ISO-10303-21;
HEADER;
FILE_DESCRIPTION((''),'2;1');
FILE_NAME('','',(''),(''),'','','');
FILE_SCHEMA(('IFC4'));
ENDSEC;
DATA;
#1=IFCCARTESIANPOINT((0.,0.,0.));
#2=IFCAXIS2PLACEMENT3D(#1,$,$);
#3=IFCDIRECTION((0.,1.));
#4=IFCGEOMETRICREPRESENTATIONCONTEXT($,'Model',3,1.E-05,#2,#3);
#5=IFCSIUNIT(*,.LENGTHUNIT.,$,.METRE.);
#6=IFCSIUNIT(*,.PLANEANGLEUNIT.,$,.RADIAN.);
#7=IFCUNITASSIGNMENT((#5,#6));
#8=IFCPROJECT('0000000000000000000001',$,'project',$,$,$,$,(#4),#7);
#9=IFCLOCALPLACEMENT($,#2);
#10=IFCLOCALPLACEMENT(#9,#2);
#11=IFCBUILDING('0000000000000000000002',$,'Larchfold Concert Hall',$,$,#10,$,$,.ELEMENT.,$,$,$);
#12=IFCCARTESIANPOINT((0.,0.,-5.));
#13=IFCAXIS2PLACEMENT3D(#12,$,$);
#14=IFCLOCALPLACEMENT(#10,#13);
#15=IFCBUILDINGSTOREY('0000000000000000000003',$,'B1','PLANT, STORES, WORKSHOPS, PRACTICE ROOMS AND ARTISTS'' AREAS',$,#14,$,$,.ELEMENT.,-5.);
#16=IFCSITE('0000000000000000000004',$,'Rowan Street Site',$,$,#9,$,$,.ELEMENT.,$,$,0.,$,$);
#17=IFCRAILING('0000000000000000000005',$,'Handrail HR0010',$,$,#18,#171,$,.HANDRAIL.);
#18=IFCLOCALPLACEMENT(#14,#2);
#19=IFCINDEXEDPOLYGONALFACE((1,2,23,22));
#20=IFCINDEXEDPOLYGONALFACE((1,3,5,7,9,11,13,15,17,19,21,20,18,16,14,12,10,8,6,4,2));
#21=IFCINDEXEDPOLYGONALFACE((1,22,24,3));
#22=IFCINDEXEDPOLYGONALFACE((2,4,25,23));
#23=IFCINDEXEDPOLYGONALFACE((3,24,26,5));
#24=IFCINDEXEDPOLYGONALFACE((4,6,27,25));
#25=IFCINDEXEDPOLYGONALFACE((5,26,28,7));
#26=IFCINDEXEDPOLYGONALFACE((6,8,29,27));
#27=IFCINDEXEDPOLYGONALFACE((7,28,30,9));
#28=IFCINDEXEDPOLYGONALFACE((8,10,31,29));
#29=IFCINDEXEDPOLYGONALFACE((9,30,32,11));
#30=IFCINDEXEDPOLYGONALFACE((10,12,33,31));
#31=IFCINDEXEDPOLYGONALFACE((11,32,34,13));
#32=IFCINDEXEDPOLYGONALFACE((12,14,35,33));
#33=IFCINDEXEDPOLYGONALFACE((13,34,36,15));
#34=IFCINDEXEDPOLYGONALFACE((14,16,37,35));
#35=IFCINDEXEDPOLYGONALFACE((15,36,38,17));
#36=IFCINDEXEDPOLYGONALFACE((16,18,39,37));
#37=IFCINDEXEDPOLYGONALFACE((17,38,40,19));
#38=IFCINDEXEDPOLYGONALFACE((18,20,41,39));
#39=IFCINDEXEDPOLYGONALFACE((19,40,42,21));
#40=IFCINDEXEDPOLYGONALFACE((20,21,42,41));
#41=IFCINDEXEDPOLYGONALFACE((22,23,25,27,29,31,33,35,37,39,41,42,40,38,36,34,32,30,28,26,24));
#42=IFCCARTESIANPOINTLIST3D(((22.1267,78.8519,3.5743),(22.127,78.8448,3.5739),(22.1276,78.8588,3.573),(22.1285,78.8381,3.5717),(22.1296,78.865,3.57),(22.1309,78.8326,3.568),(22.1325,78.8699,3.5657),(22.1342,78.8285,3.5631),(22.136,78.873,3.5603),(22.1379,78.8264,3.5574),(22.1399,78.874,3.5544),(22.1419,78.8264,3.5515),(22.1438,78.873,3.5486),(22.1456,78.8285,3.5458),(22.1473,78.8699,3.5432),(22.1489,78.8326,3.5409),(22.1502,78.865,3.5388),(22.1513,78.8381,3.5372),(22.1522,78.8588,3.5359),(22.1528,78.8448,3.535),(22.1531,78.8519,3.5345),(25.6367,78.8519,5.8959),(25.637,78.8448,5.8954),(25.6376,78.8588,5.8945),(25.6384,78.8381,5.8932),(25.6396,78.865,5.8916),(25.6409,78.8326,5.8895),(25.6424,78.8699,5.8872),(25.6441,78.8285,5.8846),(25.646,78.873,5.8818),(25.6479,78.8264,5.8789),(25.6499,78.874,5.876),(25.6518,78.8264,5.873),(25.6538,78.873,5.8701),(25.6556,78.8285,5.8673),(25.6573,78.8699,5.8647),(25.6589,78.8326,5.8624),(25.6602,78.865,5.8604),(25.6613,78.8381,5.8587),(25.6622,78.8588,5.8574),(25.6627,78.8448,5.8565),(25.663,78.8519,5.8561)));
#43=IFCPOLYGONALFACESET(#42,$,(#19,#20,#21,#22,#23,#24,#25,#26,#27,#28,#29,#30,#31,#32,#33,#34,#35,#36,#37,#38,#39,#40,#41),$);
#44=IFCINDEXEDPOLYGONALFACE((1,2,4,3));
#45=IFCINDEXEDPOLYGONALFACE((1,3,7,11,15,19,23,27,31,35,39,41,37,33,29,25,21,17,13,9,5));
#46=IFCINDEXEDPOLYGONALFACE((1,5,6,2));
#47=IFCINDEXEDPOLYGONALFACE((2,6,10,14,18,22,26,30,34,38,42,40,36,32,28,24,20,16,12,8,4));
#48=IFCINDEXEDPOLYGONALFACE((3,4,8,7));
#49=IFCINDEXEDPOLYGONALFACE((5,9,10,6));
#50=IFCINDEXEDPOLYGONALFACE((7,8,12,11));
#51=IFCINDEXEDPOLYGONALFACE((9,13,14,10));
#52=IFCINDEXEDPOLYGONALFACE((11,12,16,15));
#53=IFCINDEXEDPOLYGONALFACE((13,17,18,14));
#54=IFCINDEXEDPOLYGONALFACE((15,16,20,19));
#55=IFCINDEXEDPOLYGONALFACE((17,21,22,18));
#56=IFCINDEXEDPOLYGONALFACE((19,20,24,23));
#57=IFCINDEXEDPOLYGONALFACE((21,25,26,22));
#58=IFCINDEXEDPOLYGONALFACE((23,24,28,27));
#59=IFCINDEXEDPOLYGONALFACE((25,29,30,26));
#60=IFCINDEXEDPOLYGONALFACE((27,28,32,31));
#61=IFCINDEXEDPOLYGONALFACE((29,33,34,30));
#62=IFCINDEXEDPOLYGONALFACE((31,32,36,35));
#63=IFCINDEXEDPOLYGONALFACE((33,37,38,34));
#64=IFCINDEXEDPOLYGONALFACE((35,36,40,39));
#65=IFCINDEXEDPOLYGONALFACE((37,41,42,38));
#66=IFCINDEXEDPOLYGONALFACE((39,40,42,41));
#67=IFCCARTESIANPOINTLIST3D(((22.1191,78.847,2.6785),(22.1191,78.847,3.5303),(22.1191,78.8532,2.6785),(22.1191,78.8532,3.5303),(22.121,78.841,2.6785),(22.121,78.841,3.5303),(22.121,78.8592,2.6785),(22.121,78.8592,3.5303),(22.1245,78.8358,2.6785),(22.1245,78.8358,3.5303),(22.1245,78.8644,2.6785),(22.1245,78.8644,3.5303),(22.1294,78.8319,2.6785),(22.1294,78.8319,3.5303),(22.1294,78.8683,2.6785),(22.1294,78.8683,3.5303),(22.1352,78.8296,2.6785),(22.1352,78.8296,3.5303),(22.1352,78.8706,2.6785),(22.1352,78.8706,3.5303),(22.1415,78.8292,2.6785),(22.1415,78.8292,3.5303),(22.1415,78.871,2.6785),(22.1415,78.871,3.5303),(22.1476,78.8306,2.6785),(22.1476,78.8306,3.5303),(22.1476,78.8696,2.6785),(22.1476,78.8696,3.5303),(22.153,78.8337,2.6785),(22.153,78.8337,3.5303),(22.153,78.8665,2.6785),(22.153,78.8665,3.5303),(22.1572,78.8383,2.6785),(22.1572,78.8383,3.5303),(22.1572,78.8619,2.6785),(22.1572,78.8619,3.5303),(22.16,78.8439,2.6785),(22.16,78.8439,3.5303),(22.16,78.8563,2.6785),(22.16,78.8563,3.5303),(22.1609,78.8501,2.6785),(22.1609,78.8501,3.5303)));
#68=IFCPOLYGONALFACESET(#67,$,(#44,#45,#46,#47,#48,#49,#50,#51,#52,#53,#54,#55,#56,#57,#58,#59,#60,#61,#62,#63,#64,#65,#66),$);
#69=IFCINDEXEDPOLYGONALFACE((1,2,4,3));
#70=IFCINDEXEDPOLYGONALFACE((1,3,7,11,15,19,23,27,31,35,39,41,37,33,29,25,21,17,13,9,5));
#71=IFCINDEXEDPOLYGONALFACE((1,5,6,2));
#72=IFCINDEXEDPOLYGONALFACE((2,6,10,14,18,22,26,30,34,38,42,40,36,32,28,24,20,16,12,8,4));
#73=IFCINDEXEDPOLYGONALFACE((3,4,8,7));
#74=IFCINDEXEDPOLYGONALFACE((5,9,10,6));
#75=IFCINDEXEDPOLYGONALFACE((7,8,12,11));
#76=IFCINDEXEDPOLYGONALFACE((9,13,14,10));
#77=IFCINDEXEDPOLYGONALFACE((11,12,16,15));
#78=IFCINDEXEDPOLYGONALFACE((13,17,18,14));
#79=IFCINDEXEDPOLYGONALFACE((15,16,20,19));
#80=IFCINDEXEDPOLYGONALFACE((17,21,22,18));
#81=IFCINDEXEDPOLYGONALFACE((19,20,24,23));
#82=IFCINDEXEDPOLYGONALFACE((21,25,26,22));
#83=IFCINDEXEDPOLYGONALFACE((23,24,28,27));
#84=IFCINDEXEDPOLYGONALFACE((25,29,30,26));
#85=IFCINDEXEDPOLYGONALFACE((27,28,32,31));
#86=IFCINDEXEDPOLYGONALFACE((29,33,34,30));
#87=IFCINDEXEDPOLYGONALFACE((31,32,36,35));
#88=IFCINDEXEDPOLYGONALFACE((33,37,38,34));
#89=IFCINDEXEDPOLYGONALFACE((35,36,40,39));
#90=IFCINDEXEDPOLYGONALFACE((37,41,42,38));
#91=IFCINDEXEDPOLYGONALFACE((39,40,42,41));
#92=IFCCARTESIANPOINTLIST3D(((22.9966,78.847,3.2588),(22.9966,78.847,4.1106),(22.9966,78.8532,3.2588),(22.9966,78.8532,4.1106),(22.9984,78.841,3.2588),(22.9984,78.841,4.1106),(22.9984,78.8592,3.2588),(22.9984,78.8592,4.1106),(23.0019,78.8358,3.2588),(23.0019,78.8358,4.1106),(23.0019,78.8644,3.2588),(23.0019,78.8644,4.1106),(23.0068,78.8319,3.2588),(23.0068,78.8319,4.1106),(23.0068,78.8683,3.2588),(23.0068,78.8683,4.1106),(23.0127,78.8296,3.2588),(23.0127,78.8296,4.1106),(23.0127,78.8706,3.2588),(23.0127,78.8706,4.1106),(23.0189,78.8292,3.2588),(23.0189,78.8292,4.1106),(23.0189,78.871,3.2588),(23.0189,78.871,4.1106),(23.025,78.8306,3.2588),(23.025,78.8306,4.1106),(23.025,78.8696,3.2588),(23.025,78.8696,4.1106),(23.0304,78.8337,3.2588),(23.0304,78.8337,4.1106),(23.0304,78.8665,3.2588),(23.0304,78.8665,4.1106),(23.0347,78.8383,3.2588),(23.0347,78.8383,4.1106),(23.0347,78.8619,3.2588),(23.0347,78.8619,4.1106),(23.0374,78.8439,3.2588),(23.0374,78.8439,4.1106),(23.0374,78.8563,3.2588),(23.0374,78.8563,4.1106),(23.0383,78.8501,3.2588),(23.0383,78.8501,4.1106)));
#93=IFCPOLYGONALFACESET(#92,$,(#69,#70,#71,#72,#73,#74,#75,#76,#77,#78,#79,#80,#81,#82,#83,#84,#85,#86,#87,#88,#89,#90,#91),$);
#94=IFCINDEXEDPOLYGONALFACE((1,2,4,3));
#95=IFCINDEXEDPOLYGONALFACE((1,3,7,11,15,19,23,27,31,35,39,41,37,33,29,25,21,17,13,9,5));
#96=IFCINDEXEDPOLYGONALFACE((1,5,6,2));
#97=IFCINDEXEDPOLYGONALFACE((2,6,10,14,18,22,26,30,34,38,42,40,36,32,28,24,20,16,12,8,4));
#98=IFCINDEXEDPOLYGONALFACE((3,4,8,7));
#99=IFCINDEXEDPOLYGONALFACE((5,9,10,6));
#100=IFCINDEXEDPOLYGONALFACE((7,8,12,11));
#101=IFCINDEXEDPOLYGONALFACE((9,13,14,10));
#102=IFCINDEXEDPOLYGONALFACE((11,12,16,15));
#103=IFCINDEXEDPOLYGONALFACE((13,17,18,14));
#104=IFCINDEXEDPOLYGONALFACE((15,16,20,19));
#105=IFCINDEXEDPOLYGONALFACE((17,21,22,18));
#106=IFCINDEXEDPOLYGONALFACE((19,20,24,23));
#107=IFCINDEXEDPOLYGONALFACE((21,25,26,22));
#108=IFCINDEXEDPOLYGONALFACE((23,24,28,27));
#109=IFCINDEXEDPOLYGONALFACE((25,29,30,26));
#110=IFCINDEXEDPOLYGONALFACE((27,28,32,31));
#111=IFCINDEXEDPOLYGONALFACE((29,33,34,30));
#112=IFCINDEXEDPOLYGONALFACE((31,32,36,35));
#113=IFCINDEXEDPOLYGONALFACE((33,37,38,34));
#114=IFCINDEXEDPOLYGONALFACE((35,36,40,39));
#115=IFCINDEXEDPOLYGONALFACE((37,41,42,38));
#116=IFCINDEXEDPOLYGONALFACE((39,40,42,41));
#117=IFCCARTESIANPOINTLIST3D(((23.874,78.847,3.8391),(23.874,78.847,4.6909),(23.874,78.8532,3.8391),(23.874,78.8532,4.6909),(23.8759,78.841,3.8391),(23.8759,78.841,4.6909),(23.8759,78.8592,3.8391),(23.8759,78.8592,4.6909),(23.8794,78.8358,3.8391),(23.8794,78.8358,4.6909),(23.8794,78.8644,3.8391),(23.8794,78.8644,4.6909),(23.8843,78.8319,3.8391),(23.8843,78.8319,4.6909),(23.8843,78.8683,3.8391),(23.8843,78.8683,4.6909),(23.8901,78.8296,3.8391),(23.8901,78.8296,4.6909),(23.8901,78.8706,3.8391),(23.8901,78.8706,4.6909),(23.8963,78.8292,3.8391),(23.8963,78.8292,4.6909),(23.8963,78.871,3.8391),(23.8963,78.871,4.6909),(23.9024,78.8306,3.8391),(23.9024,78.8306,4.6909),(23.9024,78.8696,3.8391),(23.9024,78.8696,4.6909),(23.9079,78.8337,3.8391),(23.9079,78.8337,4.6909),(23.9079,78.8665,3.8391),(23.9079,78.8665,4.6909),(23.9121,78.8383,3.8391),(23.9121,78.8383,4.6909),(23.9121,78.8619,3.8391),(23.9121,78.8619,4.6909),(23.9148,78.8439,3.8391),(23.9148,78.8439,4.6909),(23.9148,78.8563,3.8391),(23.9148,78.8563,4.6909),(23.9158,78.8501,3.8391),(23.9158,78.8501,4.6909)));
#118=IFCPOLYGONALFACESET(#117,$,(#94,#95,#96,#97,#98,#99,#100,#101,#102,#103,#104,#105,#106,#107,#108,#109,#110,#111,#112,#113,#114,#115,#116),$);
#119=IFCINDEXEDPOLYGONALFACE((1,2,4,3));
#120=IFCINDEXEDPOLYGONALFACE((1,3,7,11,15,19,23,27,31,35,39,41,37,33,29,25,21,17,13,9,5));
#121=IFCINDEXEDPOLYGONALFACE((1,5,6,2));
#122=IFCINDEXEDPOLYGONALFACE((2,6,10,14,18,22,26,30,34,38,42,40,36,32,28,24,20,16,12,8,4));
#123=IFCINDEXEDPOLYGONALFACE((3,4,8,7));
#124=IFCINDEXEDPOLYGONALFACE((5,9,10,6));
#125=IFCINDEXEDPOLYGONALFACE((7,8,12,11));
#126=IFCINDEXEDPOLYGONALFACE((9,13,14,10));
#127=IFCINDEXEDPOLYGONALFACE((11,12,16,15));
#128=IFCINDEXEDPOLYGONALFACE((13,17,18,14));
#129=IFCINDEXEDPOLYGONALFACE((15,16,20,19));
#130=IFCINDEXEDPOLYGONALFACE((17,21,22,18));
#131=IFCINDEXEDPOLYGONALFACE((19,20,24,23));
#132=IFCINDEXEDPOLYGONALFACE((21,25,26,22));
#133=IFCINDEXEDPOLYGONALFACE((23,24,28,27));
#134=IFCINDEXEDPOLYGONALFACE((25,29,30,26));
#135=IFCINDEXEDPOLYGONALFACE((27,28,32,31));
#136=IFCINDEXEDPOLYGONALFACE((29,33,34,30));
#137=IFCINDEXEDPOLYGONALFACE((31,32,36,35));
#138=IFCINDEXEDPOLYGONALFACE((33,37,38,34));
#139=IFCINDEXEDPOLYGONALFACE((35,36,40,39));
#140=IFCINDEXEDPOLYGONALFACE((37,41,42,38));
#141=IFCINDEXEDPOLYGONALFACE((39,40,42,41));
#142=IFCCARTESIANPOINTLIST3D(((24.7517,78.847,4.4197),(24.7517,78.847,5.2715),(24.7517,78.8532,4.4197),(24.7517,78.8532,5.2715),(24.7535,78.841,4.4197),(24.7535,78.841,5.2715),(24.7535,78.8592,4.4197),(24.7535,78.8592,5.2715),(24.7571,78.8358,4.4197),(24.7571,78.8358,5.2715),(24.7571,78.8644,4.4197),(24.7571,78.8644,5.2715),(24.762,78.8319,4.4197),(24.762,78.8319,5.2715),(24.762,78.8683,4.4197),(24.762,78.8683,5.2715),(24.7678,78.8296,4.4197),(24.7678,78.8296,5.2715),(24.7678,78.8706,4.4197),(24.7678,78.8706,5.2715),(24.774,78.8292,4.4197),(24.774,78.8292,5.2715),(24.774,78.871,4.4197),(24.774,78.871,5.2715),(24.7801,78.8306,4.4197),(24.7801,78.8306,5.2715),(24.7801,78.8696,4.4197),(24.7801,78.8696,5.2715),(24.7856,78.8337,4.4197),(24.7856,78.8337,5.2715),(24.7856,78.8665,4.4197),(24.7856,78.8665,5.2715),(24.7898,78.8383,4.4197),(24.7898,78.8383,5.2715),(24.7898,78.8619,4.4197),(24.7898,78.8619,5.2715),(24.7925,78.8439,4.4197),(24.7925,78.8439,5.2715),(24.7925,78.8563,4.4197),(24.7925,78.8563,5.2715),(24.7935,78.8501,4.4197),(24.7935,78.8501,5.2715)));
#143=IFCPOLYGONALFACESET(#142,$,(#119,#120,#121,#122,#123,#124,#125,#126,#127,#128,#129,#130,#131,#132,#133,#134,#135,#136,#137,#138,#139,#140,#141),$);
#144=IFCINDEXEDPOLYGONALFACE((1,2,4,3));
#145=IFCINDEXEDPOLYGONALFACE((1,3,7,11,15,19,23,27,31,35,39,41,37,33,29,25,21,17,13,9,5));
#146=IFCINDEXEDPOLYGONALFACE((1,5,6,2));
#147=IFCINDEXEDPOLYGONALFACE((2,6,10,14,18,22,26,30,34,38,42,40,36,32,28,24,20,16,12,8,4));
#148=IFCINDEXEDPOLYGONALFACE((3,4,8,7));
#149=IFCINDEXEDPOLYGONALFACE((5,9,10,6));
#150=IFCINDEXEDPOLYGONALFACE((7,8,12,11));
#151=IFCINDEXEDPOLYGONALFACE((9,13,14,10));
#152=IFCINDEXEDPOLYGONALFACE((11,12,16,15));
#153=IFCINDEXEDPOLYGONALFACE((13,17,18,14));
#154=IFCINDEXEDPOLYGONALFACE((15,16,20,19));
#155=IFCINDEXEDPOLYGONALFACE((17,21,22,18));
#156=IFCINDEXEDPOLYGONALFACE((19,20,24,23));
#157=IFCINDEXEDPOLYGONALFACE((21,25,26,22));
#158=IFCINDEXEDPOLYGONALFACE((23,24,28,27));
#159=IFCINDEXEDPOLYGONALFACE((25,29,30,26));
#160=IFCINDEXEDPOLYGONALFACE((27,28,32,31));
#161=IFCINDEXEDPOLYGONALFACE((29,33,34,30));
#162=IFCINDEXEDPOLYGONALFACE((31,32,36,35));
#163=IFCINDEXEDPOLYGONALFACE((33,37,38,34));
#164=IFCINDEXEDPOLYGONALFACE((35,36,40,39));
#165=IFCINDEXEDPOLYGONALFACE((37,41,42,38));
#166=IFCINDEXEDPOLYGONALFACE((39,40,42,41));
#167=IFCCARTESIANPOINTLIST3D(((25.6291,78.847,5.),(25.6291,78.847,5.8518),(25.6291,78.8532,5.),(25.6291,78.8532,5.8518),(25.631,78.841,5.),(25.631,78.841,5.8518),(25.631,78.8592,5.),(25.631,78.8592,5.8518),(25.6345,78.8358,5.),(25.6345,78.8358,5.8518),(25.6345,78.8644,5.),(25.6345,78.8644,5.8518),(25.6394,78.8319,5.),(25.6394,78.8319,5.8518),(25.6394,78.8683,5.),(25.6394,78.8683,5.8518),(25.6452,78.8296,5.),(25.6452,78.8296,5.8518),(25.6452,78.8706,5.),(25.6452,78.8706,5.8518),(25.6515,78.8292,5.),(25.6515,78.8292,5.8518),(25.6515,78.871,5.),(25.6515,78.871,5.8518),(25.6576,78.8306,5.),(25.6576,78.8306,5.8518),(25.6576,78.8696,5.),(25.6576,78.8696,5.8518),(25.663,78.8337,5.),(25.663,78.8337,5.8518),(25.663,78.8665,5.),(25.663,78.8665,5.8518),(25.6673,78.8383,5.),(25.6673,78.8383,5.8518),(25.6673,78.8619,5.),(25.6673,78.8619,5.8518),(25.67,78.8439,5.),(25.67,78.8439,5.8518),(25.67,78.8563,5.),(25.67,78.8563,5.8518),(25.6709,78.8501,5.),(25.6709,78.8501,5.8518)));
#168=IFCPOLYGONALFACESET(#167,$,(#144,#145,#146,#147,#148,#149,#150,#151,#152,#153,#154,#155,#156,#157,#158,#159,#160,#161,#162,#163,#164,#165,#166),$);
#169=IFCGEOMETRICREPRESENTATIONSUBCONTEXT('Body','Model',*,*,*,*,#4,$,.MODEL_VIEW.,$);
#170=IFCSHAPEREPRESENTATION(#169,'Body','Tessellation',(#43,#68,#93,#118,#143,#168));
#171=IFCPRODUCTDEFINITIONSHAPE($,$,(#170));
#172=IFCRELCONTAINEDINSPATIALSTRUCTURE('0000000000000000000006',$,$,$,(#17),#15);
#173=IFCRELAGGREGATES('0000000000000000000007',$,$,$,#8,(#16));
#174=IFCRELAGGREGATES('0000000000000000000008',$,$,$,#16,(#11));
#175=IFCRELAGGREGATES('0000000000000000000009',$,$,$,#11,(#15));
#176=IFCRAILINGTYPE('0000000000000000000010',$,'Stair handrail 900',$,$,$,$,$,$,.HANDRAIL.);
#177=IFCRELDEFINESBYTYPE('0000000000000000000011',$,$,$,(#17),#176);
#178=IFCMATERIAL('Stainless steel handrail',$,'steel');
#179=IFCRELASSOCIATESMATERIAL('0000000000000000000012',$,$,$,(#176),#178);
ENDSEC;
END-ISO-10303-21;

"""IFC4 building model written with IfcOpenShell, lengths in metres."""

from ifc_helpers import new_model, si_unit, direction, frame, origin, origin_2d, place, context, subcontext, project, spatial, circle, extrude, material, type_object, element, save


model = new_model("IFC4")

# Units and contexts
model_context = context("Model", 3, precision=1e-05, world=origin(), true_north=direction((0.0, 1.0)))
body_context = subcontext(model_context, "Body", "Model", "MODEL_VIEW")
ifc_project = project(units=[si_unit("LENGTHUNIT", "METRE"), si_unit("PLANEANGLEUNIT", "RADIAN")], contexts=[model_context])

# Site, building, storey
site_placement = place(None, origin())
site = spatial("IfcSite", under=ifc_project, at=site_placement, Name="Rowan Street Site", CompositionType="ELEMENT", RefElevation=0.0)
building_placement = place(site_placement, origin())
building = spatial("IfcBuilding", under=site, at=building_placement, Name="Larchfold Concert Hall", CompositionType="ELEMENT")
storey_placement = place(building_placement, frame((0.0, 0.0, -5.0)))
storey = spatial("IfcBuildingStorey", under=building, at=storey_placement, Name="B1", Description="PLANT, STORES, WORKSHOPS, PRACTICE ROOMS AND ARTISTS' AREAS", CompositionType="ELEMENT", Elevation=-5.0)

# Railing
ifc_material_1 = material(Name="Stainless steel handrail", Category="steel")
railing_type_1 = type_object("IfcRailingType", Name="Stair handrail 900", PredefinedType="HANDRAIL", material=ifc_material_1)
for number, where, name in (
    (1, (22.1399, 78.8501, 2.6785), "Handrail HR0010"),
):
    element("IfcRailing", number, at=place(storey_placement, frame(where)), inside=storey, type_object=railing_type_1, Name=name, PredefinedType="HANDRAIL", context=body_context, shape_type="SweptSolid", body=[
        extrude(circle(Radius=0.0239, at=origin_2d()), frame((0.0, 0.0, 0.876), z_axis=(0.834071, 0.0, 0.551657), x_axis=(0.0, 1.0, 0.0)), (0.0, 0.0, 1.0), 4.2083),
        extrude(circle(Radius=0.021, at=origin_2d()), origin(), (0.0, 0.0, 1.0), 0.8518),
        extrude(circle(Radius=0.021, at=origin_2d()), frame((0.8774, 0.0, 0.5803)), (0.0, 0.0, 1.0), 0.8518),
        extrude(circle(Radius=0.021, at=origin_2d()), frame((1.7549, 0.0, 1.1606)), (0.0, 0.0, 1.0), 0.8518),
        extrude(circle(Radius=0.021, at=origin_2d()), frame((2.6326, 0.0, 1.7412)), (0.0, 0.0, 1.0), 0.8518),
        extrude(circle(Radius=0.021, at=origin_2d()), frame((3.51, 0.0, 2.3215)), (0.0, 0.0, 1.0), 0.8518),
    ])

save(model, "model.ifc")
